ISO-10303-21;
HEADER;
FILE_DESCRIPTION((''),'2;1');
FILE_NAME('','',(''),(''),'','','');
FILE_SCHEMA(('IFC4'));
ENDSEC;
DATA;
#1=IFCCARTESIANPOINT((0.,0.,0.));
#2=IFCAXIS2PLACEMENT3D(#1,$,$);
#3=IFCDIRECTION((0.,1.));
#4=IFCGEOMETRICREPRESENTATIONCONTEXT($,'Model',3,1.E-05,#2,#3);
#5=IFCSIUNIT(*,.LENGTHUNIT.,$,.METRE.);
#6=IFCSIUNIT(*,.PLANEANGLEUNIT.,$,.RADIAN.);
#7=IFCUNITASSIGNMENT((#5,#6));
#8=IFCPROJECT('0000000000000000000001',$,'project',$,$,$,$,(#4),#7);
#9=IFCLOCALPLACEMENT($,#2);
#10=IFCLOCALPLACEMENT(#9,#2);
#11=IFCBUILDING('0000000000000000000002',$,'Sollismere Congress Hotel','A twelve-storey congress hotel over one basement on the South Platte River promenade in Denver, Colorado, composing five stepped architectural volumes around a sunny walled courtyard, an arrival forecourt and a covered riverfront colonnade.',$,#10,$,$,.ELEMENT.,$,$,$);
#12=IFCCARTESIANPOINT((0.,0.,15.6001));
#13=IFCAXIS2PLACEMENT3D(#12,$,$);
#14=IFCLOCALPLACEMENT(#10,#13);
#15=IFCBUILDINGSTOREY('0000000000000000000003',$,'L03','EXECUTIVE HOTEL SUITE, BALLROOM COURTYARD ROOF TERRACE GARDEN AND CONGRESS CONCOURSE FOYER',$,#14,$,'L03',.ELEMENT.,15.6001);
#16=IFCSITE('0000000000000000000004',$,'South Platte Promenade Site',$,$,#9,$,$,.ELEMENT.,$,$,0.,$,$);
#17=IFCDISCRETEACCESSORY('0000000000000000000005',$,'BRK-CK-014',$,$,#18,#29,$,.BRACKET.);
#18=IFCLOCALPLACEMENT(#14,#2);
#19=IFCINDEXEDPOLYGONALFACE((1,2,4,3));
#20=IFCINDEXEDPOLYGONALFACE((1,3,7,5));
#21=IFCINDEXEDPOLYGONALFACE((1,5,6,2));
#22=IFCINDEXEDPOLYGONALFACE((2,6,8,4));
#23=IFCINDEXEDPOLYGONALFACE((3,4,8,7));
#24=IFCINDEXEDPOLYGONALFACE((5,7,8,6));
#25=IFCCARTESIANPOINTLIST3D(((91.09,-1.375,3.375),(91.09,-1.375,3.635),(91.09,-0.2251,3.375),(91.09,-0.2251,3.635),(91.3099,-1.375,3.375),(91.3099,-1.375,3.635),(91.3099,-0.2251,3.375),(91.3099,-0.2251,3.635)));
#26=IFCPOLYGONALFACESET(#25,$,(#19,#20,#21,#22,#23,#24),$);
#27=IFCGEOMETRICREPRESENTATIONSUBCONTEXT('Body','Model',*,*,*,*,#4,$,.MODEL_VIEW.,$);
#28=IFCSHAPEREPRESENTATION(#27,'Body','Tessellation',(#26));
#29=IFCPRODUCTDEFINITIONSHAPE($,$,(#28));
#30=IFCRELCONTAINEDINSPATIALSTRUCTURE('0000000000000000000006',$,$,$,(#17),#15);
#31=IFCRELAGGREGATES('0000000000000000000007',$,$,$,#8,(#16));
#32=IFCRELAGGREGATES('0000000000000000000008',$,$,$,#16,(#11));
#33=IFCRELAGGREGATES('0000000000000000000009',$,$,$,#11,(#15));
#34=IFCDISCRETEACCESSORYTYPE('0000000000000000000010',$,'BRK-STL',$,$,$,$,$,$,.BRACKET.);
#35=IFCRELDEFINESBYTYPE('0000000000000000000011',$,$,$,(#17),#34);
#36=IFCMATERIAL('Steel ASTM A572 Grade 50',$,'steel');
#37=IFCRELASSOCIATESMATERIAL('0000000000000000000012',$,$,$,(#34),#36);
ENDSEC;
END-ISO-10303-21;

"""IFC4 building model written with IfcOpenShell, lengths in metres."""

from ifc_helpers import new_model, si_unit, direction, frame, origin, origin_2d, place, context, subcontext, project, spatial, rectangle, extrude, material, type_object, element, save


model = new_model("IFC4")

# Units and contexts
model_context = context("Model", 3, precision=1e-05, world=origin(), true_north=direction((0.0, 1.0)))
body_context = subcontext(model_context, "Body", "Model", "MODEL_VIEW")
ifc_project = project(units=[si_unit("LENGTHUNIT", "METRE"), si_unit("PLANEANGLEUNIT", "RADIAN")], contexts=[model_context])

# Site, building, storey
site_placement = place(None, origin())
site = spatial("IfcSite", under=ifc_project, at=site_placement, Name="South Platte Promenade Site", CompositionType="ELEMENT", RefElevation=0.0)
building_placement = place(site_placement, origin())
building = spatial("IfcBuilding", under=site, at=building_placement, Name="Sollismere Congress Hotel", Description="A twelve-storey congress hotel over one basement on the South Platte River promenade in Denver, Colorado, composing five stepped architectural volumes around a sunny walled courtyard, an arrival forecourt and a covered riverfront colonnade.", CompositionType="ELEMENT")
storey_placement = place(building_placement, frame((0.0, 0.0, 15.6001)))
storey = spatial("IfcBuildingStorey", under=building, at=storey_placement, Name="L03", Description="EXECUTIVE HOTEL SUITE, BALLROOM COURTYARD ROOF TERRACE GARDEN AND CONGRESS CONCOURSE FOYER", LongName="L03", CompositionType="ELEMENT", Elevation=15.6001)

# Discrete accessory
ifc_material_1 = material(Name="Steel ASTM A572 Grade 50", Category="steel")
discrete_accessory_type = type_object("IfcDiscreteAccessoryType", Name="BRK-STL", PredefinedType="BRACKET", material=ifc_material_1)
for number, where, z_axis, x_axis, name in (
    (1, (91.2, -0.8, 3.375), (0.0, 0.0, 1.0), (1.0, 0.0, 0.0), "BRK-CK-014"),
):
    element("IfcDiscreteAccessory", number, at=place(storey_placement, frame(where, z_axis=z_axis, x_axis=x_axis)), inside=storey, type_object=discrete_accessory_type, Name=name, PredefinedType="BRACKET", context=body_context, shape_type="SweptSolid", body=[
        extrude(rectangle(XDim=0.22, YDim=1.1499, at=origin_2d()), origin(), (0.0, 0.0, 1.0), 0.26),
    ])

save(model, "model.ifc")
